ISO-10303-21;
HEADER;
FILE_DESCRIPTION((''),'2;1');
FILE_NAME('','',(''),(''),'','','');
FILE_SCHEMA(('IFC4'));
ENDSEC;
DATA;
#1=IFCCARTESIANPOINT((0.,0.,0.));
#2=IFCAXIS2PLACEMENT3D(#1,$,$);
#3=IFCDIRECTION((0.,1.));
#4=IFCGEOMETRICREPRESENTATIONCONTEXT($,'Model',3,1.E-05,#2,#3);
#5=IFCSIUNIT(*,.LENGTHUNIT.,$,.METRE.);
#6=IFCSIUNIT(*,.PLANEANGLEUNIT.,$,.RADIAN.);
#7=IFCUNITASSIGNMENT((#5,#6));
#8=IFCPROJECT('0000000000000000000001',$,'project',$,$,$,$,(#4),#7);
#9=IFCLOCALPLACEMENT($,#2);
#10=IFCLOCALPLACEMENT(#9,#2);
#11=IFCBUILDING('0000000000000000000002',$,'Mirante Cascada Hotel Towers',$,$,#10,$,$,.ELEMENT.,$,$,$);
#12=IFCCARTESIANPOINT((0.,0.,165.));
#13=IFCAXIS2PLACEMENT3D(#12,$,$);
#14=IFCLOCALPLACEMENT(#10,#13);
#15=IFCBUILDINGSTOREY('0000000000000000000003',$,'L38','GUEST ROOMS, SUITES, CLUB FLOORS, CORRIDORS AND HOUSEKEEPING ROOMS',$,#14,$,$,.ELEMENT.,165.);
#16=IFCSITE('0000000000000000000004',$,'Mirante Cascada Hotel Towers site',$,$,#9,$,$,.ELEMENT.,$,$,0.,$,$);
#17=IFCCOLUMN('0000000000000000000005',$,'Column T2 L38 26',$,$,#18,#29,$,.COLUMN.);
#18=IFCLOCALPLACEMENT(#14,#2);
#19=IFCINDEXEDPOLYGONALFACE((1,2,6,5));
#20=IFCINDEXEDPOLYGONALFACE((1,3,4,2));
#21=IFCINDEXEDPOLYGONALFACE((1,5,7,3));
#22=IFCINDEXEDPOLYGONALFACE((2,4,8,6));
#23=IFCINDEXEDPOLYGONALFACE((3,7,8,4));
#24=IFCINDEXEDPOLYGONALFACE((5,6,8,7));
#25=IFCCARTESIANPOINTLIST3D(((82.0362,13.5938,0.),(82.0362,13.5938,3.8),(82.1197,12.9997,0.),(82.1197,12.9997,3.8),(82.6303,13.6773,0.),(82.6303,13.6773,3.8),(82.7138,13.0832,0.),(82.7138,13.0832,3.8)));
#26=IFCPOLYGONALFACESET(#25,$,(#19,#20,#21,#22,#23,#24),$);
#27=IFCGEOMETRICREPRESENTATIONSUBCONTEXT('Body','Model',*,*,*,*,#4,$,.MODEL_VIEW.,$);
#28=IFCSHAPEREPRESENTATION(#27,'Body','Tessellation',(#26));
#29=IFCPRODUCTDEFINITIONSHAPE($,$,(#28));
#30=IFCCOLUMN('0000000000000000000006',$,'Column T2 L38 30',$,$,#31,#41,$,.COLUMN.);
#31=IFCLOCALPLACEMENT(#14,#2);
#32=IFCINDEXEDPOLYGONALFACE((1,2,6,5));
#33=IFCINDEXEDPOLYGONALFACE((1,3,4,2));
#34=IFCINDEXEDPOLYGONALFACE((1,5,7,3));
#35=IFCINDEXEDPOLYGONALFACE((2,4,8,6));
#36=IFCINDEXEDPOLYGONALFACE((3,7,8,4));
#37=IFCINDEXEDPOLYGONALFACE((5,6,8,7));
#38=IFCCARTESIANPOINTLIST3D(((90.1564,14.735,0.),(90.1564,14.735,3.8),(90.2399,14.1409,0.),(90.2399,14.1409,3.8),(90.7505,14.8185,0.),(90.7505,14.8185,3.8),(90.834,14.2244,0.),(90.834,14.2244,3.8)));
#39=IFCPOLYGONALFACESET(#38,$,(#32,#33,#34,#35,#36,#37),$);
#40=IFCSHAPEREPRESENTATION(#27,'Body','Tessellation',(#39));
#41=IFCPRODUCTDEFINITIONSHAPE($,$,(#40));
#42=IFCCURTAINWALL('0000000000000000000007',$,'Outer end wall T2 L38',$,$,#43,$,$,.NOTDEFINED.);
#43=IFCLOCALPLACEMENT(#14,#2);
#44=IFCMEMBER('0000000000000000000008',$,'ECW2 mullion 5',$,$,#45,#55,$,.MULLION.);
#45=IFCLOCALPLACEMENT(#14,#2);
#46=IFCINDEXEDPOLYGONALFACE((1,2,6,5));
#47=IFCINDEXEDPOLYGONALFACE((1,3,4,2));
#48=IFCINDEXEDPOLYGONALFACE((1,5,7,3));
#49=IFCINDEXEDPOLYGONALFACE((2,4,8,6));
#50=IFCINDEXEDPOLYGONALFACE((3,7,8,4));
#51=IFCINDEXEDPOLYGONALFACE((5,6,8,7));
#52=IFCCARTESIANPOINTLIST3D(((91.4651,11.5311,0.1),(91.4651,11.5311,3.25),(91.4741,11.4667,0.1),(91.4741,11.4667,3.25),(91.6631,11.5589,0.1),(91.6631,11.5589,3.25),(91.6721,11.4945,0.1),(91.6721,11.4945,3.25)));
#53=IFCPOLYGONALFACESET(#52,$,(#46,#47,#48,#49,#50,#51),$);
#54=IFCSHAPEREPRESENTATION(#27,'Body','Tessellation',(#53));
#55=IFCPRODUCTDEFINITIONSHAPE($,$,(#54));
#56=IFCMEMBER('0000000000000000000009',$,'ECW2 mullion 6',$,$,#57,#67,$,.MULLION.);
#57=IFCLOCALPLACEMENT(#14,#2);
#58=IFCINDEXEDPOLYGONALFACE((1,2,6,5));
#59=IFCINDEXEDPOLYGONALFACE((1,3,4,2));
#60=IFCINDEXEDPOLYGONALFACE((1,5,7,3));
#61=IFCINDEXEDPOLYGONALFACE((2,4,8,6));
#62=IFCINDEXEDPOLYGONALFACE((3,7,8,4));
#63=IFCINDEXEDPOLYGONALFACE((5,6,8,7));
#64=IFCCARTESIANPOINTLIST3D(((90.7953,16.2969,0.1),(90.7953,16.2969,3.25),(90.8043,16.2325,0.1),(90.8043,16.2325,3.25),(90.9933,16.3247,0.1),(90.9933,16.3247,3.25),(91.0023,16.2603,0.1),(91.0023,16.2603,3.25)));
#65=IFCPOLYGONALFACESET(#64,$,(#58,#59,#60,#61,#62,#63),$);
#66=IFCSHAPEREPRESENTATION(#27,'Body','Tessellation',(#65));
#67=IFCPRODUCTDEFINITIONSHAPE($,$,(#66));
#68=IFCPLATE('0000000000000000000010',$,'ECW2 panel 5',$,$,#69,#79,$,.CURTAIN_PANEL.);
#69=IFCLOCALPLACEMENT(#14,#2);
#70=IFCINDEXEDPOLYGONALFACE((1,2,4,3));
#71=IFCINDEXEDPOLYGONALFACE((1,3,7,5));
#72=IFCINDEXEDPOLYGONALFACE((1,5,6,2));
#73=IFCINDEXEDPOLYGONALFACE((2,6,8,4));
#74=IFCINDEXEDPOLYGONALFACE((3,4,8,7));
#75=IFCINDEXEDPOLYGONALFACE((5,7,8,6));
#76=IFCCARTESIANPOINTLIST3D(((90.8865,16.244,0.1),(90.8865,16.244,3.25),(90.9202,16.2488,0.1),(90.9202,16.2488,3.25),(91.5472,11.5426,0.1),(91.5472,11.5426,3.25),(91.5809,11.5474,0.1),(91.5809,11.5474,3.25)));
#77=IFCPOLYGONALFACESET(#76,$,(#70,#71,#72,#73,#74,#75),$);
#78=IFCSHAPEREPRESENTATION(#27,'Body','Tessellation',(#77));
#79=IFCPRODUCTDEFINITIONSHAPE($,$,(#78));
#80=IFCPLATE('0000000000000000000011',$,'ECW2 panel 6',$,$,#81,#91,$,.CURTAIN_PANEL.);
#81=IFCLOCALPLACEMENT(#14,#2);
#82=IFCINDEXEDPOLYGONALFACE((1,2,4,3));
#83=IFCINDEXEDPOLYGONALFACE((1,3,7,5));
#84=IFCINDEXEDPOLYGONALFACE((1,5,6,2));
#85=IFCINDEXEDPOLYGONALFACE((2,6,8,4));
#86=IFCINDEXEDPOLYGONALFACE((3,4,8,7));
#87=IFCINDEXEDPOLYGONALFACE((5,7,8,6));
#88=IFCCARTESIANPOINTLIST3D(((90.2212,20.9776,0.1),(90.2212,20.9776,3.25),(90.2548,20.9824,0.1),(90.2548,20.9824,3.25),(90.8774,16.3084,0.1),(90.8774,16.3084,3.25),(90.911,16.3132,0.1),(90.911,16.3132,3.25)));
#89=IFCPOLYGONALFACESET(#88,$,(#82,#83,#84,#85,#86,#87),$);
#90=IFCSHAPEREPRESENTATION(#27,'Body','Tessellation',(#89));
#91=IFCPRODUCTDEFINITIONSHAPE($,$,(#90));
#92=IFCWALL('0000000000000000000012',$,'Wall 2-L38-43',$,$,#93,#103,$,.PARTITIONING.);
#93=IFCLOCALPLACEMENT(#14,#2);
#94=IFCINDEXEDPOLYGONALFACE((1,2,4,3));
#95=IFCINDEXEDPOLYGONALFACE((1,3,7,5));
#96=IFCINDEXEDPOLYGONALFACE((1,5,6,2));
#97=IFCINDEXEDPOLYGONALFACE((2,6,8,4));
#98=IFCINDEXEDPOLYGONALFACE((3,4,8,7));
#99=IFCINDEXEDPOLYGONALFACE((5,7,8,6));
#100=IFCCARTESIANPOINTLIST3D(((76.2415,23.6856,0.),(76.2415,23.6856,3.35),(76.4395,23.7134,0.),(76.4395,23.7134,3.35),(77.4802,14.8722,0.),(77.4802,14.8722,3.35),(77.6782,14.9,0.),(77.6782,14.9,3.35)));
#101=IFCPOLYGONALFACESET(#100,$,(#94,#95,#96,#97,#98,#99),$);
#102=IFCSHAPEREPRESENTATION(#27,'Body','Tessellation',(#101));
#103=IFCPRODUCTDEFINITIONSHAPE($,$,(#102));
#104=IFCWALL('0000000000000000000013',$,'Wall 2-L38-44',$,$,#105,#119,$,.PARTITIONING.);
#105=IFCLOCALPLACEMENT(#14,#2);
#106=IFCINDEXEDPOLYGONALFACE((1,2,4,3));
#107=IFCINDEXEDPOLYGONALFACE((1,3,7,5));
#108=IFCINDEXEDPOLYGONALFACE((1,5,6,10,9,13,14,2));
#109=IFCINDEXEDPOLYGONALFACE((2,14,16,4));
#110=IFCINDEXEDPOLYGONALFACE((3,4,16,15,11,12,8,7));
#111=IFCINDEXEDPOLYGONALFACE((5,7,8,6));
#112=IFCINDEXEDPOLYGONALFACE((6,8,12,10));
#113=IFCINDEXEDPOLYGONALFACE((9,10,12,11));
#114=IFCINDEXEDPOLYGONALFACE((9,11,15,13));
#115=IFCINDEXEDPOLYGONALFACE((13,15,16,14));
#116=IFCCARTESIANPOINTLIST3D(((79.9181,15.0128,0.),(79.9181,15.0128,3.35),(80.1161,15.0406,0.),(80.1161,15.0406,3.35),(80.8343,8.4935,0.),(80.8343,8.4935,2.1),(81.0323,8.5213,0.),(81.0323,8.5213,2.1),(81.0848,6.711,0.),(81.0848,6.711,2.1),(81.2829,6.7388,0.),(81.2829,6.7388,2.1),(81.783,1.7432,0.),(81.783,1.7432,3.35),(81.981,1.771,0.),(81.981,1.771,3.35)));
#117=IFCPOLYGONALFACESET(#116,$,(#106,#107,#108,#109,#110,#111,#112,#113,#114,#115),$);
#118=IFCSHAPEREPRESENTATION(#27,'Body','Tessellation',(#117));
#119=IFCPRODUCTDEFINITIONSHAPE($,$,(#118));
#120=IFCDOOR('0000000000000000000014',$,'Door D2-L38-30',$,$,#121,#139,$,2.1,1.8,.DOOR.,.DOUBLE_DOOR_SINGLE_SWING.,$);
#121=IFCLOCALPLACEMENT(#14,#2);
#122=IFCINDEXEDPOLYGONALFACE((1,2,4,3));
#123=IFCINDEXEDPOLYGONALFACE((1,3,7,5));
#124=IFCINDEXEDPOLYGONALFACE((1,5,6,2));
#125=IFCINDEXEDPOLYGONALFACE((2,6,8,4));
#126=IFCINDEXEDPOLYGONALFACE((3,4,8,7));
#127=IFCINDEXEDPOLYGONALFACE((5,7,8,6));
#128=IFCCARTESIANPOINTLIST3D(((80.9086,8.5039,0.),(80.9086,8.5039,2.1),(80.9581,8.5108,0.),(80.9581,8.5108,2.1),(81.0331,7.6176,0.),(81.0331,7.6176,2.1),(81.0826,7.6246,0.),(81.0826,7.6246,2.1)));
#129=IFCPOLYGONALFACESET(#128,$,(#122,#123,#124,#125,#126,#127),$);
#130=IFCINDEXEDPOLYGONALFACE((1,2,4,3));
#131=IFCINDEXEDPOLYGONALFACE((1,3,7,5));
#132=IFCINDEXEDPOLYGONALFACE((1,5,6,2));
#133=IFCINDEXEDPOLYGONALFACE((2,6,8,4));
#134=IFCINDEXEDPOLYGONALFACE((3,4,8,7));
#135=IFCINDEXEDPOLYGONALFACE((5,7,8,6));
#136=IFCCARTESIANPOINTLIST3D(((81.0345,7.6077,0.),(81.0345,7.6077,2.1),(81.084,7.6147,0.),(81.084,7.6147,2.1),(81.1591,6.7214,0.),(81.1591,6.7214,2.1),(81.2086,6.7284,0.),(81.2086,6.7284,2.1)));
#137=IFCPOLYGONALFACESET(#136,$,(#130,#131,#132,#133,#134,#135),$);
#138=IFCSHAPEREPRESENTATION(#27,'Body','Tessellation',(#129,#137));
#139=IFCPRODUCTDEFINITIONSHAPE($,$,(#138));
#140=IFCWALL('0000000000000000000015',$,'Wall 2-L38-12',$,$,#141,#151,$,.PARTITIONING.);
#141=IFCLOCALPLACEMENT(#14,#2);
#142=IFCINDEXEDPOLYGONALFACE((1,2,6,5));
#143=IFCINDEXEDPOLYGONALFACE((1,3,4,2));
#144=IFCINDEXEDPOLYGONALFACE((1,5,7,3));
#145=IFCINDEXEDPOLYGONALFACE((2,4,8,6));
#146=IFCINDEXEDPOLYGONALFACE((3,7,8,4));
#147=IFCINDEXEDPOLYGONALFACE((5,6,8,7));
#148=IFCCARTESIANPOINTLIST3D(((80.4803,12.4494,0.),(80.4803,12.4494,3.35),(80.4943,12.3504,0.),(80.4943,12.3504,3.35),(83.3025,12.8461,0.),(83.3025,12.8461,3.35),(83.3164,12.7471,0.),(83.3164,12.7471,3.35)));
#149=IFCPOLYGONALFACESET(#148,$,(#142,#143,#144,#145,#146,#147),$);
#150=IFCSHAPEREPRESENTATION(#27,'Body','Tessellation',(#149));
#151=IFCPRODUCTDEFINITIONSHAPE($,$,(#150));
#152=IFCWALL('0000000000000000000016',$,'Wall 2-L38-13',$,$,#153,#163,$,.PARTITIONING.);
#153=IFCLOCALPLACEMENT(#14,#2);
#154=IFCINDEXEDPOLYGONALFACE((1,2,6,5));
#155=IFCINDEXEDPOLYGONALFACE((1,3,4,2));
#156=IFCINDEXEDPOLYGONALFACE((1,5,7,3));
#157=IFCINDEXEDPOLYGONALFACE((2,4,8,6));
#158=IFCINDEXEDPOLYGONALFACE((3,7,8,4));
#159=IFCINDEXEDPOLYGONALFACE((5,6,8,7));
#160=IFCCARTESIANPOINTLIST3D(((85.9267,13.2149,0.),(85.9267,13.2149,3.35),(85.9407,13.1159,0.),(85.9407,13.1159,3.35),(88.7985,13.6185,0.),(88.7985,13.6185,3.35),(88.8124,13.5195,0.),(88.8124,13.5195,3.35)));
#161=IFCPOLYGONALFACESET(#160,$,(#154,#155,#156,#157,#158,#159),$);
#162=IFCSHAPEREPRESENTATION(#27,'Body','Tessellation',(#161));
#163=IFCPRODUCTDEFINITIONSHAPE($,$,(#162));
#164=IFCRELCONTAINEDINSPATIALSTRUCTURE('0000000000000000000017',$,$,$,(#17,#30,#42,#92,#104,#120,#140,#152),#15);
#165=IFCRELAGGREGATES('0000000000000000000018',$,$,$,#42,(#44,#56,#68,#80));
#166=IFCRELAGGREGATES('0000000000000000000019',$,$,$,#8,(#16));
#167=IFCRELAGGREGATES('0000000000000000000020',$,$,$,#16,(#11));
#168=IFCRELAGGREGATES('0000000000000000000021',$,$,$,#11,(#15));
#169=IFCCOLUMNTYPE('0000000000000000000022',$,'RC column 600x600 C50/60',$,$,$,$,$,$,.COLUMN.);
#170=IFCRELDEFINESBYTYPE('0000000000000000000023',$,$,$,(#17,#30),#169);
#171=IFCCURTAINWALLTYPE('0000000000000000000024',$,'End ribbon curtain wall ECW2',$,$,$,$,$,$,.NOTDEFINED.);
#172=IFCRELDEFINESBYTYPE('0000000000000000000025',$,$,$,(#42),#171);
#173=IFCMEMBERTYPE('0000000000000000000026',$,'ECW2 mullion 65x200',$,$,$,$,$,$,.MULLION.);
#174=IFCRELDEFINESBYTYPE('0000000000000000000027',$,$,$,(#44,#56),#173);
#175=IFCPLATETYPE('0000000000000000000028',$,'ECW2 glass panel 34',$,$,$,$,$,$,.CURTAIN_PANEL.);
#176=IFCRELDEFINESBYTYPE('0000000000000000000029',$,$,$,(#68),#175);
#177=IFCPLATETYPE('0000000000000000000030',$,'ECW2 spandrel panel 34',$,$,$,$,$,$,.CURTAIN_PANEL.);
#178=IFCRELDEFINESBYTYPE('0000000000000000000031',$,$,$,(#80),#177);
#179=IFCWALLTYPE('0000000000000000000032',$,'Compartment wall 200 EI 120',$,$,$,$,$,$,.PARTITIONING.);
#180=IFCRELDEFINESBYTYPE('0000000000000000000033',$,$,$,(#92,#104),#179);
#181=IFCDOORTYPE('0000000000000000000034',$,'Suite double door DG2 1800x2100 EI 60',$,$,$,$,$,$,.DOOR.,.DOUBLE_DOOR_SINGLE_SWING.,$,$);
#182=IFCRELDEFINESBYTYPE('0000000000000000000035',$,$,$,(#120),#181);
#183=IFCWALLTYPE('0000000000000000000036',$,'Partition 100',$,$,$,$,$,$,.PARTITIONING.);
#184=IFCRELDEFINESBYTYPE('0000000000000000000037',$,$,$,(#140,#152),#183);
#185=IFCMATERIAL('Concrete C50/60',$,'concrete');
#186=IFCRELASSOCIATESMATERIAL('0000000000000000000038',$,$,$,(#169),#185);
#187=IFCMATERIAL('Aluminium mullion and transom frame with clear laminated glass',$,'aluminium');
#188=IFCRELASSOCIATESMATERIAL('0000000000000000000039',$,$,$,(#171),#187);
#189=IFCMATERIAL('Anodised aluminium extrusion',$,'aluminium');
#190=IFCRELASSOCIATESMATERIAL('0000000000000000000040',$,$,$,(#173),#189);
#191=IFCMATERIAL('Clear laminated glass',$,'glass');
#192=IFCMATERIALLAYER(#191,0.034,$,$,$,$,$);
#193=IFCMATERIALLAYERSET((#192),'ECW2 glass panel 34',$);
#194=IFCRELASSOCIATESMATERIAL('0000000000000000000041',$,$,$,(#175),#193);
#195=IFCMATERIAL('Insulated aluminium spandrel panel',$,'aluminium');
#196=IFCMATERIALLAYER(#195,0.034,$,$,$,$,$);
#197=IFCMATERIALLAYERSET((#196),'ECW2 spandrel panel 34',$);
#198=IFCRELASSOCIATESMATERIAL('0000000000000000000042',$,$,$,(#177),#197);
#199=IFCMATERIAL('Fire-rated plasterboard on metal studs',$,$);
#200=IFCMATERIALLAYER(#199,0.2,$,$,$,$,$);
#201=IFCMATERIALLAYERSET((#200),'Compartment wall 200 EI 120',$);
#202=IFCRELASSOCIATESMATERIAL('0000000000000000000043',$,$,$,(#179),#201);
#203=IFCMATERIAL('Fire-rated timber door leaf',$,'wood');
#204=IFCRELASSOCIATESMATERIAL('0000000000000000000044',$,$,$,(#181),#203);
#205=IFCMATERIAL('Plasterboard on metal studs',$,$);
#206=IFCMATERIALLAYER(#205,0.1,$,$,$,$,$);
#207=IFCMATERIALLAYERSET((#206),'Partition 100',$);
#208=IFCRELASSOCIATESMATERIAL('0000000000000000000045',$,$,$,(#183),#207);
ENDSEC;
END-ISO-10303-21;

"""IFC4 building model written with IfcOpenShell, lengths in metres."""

from ifc_helpers import new_model, si_unit, direction, frame, frame_2d, origin, origin_2d, place, context, subcontext, project, spatial, rectangle, extrude, material, layer, layer_set, material_profile, profile_set, type_object, element, fill, aggregate, save


model = new_model("IFC4")

# Units and contexts
model_context = context("Model", 3, precision=1e-05, world=origin(), true_north=direction((0.0, 1.0)))
body_context = subcontext(model_context, "Body", "Model", "MODEL_VIEW")
ifc_project = project(units=[si_unit("LENGTHUNIT", "METRE"), si_unit("PLANEANGLEUNIT", "RADIAN")], contexts=[model_context])

# Site, building, storey
site_placement = place(None, origin())
site = spatial("IfcSite", under=ifc_project, at=site_placement, Name="Mirante Cascada Hotel Towers site", CompositionType="ELEMENT", RefElevation=0.0)
building_placement = place(site_placement, origin())
building = spatial("IfcBuilding", under=site, at=building_placement, Name="Mirante Cascada Hotel Towers", CompositionType="ELEMENT")
storey_placement = place(building_placement, frame((0.0, 0.0, 165.0)))
storey = spatial("IfcBuildingStorey", under=building, at=storey_placement, Name="L38", Description="GUEST ROOMS, SUITES, CLUB FLOORS, CORRIDORS AND HOUSEKEEPING ROOMS", CompositionType="ELEMENT", Elevation=165.0)

# Columns
ifc_material_1 = material(Name="Concrete C50/60", Category="concrete")
ifc_material_profile_1 = material_profile(ifc_material_1, rectangle(XDim=0.6, YDim=0.6, at=origin_2d()), Name="RC column 600x600 C50/60")
ifc_profile_set_1 = profile_set([ifc_material_profile_1], Name="Concrete C50/60")
column_type = type_object("IfcColumnType", Name="RC column 600x600 C50/60", PredefinedType="COLUMN", material=ifc_profile_set_1)
for number, where, z_axis, x_axis, name in (
    (1, (82.375, 13.3385, 0.0), (0.0, 0.0, 1.0), (0.990268, 0.139173, 0.0), "Column T2 L38 26"),
    (2, (90.4952, 14.4797, 0.0), (0.0, 0.0, 1.0), (0.990268, 0.139173, 0.0), "Column T2 L38 30"),
):
    element("IfcColumn", number, at=place(storey_placement, frame(where, z_axis=z_axis, x_axis=x_axis)), inside=storey, type_object=column_type, Name=name, PredefinedType="COLUMN", context=body_context, shape_type="SweptSolid", body=[
        extrude(rectangle(XDim=0.6, YDim=0.6, at=origin_2d()), origin(), (0.0, 0.0, 1.0), 3.8),
    ])

# Curtain wall, members, plates
ifc_material_2 = material(Name="Aluminium mullion and transom frame with clear laminated glass", Category="aluminium")
curtain_wall_type = type_object("IfcCurtainWallType", Name="End ribbon curtain wall ECW2", PredefinedType="NOTDEFINED", material=ifc_material_2)
curtain_wall_placement = place(storey_placement, origin())
curtain_wall = element("IfcCurtainWall", 3, at=curtain_wall_placement, inside=storey, type_object=curtain_wall_type, Name="Outer end wall T2 L38", PredefinedType="NOTDEFINED")
ifc_material_3 = material(Name="Anodised aluminium extrusion", Category="aluminium")
ifc_material_profile_2 = material_profile(ifc_material_3, rectangle(XDim=0.2, YDim=0.065, at=origin_2d()), Name="ECW2 MULLION 65x200")
ifc_profile_set_2 = profile_set([ifc_material_profile_2], Name="Anodised aluminium extrusion")
member_type = type_object("IfcMemberType", Name="ECW2 mullion 65x200", PredefinedType="MULLION", material=ifc_profile_set_2)
member_1_placement = place(storey_placement, frame((91.5686, 11.5128, 0.1), z_axis=(0.0, 0.0, 1.0), x_axis=(-0.990268, -0.139173, 0.0)))
member_1 = element("IfcMember", 4, at=member_1_placement, type_object=member_type, Name="ECW2 mullion 5", PredefinedType="MULLION", context=body_context, shape_type="SweptSolid", body=[
    extrude(rectangle(XDim=0.2, YDim=0.065, at=origin_2d()), origin(), (0.0, 0.0, 1.0), 3.15),
])
member_2_placement = place(storey_placement, frame((90.8988, 16.2786, 0.1), z_axis=(0.0, 0.0, 1.0), x_axis=(-0.990268, -0.139173, 0.0)))
member_2 = element("IfcMember", 5, at=member_2_placement, type_object=member_type, Name="ECW2 mullion 6", PredefinedType="MULLION", context=body_context, shape_type="SweptSolid", body=[
    extrude(rectangle(XDim=0.2, YDim=0.065, at=origin_2d()), origin(), (0.0, 0.0, 1.0), 3.15),
])
ifc_material_4 = material(Name="Clear laminated glass", Category="glass")
ifc_layer_1 = layer(ifc_material_4, 0.034)
ifc_layer_set_1 = layer_set([ifc_layer_1], Name="ECW2 glass panel 34")
plate_type_1 = type_object("IfcPlateType", Name="ECW2 glass panel 34", PredefinedType="CURTAIN_PANEL", material=ifc_layer_set_1)
plate_1_placement = place(storey_placement, frame((91.2337, 13.8957, 0.1), z_axis=(0.0, 0.0, 1.0), x_axis=(-0.139173, 0.990268, 0.0)))
plate_1 = element("IfcPlate", 6, at=plate_1_placement, type_object=plate_type_1, Name="ECW2 panel 5", PredefinedType="CURTAIN_PANEL", context=body_context, shape_type="SweptSolid", body=[
    extrude(rectangle(XDim=4.7476, YDim=0.034, at=origin_2d()), origin(), (0.0, 0.0, 1.0), 3.15),
])
ifc_material_5 = material(Name="Insulated aluminium spandrel panel", Category="aluminium")
ifc_layer_2 = layer(ifc_material_5, 0.034)
ifc_layer_set_2 = layer_set([ifc_layer_2], Name="ECW2 spandrel panel 34")
plate_type_2 = type_object("IfcPlateType", Name="ECW2 spandrel panel 34", PredefinedType="CURTAIN_PANEL", material=ifc_layer_set_2)
plate_2_placement = place(storey_placement, frame((90.5661, 18.6454, 0.1), z_axis=(0.0, 0.0, 1.0), x_axis=(-0.139173, 0.990268, 0.0)))
plate_2 = element("IfcPlate", 7, at=plate_2_placement, type_object=plate_type_2, Name="ECW2 panel 6", PredefinedType="CURTAIN_PANEL", context=body_context, shape_type="SweptSolid", body=[
    extrude(rectangle(XDim=4.7151, YDim=0.034, at=origin_2d()), origin(), (0.0, 0.0, 1.0), 3.15),
])
aggregate(curtain_wall, [member_1, member_2, plate_1, plate_2])

# Wall
ifc_material_6 = material(Name="Fire-rated plasterboard on metal studs")
ifc_layer_3 = layer(ifc_material_6, 0.2)
ifc_layer_set_3 = layer_set([ifc_layer_3], Name="Compartment wall 200 EI 120")
wall_type_1 = type_object("IfcWallType", Name="Compartment wall 200 EI 120", PredefinedType="PARTITIONING", material=ifc_layer_set_3)
wall_1_placement = place(storey_placement, frame((77.5792, 14.8861, 0.0), z_axis=(0.0, 0.0, 1.0), x_axis=(-0.139179, 0.990267, 0.0)))
element("IfcWall", 8, at=wall_1_placement, inside=storey, type_object=wall_type_1, Name="Wall 2-L38-43", PredefinedType="PARTITIONING", context=body_context, shape_type="SweptSolid", body=[
    extrude(rectangle(XDim=8.9, YDim=0.2, at=frame_2d((4.45, 0.0))), origin(), (0.0, 0.0, 1.0), 3.35),
])

# Wall, opening, door
wall_2_placement = place(storey_placement, frame((80.0171, 15.0267, 0.0), z_axis=(0.0, 0.0, 1.0), x_axis=(0.139172, -0.990268, 0.0)))
wall_2 = element("IfcWall", 9, at=wall_2_placement, inside=storey, type_object=wall_type_1, Name="Wall 2-L38-44", PredefinedType="PARTITIONING", context=body_context, shape_type="SweptSolid", body=[
    extrude(rectangle(XDim=13.4, YDim=0.2, at=frame_2d((6.7, 0.0))), origin(), (0.0, 0.0, 1.0), 3.35),
])
opening_1_placement = place(wall_2_placement, frame((6.5834, 0.0, 0.0)))
opening_1 = element("IfcOpeningElement", 10, at=opening_1_placement, cuts=wall_2, PredefinedType="OPENING", context=body_context, shape_type="SweptSolid", body=[
    extrude(rectangle(XDim=1.8, YDim=2.1, at=frame_2d((0.9, 1.05))), frame((0.0, 0.1, 0.0), z_axis=(0.0, -1.0, 0.0), x_axis=(1.0, 0.0, 0.0)), (0.0, 0.0, 1.0), 0.2),
])
ifc_material_7 = material(Name="Fire-rated timber door leaf", Category="wood")
door_type_1 = type_object("IfcDoorType", Name="Suite double door DG2 1800x2100 EI 60", OperationType="DOUBLE_DOOR_SINGLE_SWING", PredefinedType="DOOR", material=ifc_material_7)
door_1_placement = place(opening_1_placement, origin())
door_1 = element("IfcDoor", 11, at=door_1_placement, inside=storey, type_object=door_type_1, Name="Door D2-L38-30", OperationType="DOUBLE_DOOR_SINGLE_SWING", OverallHeight=2.1, OverallWidth=1.8, PredefinedType="DOOR", context=body_context, shape_type="SweptSolid", body=[
    extrude(rectangle(XDim=0.895, YDim=2.1, at=frame_2d((0.4475, 1.05))), frame((0.0, 0.025, 0.0), z_axis=(0.0, -1.0, 0.0), x_axis=(1.0, 0.0, 0.0)), (0.0, 0.0, 1.0), 0.05),
    extrude(rectangle(XDim=0.895, YDim=2.1, at=frame_2d((1.3525, 1.05))), frame((0.0, 0.025, 0.0), z_axis=(0.0, -1.0, 0.0), x_axis=(1.0, 0.0, 0.0)), (0.0, 0.0, 1.0), 0.05),
])
fill(opening_1, door_1)

# Walls
ifc_material_8 = material(Name="Plasterboard on metal studs")
ifc_layer_4 = layer(ifc_material_8, 0.1)
ifc_layer_set_4 = layer_set([ifc_layer_4], Name="Partition 100")
wall_type_2 = type_object("IfcWallType", Name="Partition 100", PredefinedType="PARTITIONING", material=ifc_layer_set_4)
wall_3_placement = place(storey_placement, frame((83.3095, 12.7966, 0.0), z_axis=(0.0, 0.0, 1.0), x_axis=(-0.990265, -0.139196, 0.0)))
element("IfcWall", 12, at=wall_3_placement, inside=storey, type_object=wall_type_2, Name="Wall 2-L38-12", PredefinedType="PARTITIONING", context=body_context, shape_type="SweptSolid", body=[
    extrude(rectangle(XDim=2.8499, YDim=0.1, at=frame_2d((1.425, 0.0))), origin(), (0.0, 0.0, 1.0), 3.35),
])
wall_4_placement = place(storey_placement, frame((85.9337, 13.1654, 0.0), z_axis=(0.0, 0.0, 1.0), x_axis=(0.990268, 0.139171, 0.0)))
element("IfcWall", 13, at=wall_4_placement, inside=storey, type_object=wall_type_2, Name="Wall 2-L38-13", PredefinedType="PARTITIONING", context=body_context, shape_type="SweptSolid", body=[
    extrude(rectangle(XDim=2.9, YDim=0.1, at=frame_2d((1.45, 0.0))), origin(), (0.0, 0.0, 1.0), 3.35),
])

save(model, "model.ifc")
